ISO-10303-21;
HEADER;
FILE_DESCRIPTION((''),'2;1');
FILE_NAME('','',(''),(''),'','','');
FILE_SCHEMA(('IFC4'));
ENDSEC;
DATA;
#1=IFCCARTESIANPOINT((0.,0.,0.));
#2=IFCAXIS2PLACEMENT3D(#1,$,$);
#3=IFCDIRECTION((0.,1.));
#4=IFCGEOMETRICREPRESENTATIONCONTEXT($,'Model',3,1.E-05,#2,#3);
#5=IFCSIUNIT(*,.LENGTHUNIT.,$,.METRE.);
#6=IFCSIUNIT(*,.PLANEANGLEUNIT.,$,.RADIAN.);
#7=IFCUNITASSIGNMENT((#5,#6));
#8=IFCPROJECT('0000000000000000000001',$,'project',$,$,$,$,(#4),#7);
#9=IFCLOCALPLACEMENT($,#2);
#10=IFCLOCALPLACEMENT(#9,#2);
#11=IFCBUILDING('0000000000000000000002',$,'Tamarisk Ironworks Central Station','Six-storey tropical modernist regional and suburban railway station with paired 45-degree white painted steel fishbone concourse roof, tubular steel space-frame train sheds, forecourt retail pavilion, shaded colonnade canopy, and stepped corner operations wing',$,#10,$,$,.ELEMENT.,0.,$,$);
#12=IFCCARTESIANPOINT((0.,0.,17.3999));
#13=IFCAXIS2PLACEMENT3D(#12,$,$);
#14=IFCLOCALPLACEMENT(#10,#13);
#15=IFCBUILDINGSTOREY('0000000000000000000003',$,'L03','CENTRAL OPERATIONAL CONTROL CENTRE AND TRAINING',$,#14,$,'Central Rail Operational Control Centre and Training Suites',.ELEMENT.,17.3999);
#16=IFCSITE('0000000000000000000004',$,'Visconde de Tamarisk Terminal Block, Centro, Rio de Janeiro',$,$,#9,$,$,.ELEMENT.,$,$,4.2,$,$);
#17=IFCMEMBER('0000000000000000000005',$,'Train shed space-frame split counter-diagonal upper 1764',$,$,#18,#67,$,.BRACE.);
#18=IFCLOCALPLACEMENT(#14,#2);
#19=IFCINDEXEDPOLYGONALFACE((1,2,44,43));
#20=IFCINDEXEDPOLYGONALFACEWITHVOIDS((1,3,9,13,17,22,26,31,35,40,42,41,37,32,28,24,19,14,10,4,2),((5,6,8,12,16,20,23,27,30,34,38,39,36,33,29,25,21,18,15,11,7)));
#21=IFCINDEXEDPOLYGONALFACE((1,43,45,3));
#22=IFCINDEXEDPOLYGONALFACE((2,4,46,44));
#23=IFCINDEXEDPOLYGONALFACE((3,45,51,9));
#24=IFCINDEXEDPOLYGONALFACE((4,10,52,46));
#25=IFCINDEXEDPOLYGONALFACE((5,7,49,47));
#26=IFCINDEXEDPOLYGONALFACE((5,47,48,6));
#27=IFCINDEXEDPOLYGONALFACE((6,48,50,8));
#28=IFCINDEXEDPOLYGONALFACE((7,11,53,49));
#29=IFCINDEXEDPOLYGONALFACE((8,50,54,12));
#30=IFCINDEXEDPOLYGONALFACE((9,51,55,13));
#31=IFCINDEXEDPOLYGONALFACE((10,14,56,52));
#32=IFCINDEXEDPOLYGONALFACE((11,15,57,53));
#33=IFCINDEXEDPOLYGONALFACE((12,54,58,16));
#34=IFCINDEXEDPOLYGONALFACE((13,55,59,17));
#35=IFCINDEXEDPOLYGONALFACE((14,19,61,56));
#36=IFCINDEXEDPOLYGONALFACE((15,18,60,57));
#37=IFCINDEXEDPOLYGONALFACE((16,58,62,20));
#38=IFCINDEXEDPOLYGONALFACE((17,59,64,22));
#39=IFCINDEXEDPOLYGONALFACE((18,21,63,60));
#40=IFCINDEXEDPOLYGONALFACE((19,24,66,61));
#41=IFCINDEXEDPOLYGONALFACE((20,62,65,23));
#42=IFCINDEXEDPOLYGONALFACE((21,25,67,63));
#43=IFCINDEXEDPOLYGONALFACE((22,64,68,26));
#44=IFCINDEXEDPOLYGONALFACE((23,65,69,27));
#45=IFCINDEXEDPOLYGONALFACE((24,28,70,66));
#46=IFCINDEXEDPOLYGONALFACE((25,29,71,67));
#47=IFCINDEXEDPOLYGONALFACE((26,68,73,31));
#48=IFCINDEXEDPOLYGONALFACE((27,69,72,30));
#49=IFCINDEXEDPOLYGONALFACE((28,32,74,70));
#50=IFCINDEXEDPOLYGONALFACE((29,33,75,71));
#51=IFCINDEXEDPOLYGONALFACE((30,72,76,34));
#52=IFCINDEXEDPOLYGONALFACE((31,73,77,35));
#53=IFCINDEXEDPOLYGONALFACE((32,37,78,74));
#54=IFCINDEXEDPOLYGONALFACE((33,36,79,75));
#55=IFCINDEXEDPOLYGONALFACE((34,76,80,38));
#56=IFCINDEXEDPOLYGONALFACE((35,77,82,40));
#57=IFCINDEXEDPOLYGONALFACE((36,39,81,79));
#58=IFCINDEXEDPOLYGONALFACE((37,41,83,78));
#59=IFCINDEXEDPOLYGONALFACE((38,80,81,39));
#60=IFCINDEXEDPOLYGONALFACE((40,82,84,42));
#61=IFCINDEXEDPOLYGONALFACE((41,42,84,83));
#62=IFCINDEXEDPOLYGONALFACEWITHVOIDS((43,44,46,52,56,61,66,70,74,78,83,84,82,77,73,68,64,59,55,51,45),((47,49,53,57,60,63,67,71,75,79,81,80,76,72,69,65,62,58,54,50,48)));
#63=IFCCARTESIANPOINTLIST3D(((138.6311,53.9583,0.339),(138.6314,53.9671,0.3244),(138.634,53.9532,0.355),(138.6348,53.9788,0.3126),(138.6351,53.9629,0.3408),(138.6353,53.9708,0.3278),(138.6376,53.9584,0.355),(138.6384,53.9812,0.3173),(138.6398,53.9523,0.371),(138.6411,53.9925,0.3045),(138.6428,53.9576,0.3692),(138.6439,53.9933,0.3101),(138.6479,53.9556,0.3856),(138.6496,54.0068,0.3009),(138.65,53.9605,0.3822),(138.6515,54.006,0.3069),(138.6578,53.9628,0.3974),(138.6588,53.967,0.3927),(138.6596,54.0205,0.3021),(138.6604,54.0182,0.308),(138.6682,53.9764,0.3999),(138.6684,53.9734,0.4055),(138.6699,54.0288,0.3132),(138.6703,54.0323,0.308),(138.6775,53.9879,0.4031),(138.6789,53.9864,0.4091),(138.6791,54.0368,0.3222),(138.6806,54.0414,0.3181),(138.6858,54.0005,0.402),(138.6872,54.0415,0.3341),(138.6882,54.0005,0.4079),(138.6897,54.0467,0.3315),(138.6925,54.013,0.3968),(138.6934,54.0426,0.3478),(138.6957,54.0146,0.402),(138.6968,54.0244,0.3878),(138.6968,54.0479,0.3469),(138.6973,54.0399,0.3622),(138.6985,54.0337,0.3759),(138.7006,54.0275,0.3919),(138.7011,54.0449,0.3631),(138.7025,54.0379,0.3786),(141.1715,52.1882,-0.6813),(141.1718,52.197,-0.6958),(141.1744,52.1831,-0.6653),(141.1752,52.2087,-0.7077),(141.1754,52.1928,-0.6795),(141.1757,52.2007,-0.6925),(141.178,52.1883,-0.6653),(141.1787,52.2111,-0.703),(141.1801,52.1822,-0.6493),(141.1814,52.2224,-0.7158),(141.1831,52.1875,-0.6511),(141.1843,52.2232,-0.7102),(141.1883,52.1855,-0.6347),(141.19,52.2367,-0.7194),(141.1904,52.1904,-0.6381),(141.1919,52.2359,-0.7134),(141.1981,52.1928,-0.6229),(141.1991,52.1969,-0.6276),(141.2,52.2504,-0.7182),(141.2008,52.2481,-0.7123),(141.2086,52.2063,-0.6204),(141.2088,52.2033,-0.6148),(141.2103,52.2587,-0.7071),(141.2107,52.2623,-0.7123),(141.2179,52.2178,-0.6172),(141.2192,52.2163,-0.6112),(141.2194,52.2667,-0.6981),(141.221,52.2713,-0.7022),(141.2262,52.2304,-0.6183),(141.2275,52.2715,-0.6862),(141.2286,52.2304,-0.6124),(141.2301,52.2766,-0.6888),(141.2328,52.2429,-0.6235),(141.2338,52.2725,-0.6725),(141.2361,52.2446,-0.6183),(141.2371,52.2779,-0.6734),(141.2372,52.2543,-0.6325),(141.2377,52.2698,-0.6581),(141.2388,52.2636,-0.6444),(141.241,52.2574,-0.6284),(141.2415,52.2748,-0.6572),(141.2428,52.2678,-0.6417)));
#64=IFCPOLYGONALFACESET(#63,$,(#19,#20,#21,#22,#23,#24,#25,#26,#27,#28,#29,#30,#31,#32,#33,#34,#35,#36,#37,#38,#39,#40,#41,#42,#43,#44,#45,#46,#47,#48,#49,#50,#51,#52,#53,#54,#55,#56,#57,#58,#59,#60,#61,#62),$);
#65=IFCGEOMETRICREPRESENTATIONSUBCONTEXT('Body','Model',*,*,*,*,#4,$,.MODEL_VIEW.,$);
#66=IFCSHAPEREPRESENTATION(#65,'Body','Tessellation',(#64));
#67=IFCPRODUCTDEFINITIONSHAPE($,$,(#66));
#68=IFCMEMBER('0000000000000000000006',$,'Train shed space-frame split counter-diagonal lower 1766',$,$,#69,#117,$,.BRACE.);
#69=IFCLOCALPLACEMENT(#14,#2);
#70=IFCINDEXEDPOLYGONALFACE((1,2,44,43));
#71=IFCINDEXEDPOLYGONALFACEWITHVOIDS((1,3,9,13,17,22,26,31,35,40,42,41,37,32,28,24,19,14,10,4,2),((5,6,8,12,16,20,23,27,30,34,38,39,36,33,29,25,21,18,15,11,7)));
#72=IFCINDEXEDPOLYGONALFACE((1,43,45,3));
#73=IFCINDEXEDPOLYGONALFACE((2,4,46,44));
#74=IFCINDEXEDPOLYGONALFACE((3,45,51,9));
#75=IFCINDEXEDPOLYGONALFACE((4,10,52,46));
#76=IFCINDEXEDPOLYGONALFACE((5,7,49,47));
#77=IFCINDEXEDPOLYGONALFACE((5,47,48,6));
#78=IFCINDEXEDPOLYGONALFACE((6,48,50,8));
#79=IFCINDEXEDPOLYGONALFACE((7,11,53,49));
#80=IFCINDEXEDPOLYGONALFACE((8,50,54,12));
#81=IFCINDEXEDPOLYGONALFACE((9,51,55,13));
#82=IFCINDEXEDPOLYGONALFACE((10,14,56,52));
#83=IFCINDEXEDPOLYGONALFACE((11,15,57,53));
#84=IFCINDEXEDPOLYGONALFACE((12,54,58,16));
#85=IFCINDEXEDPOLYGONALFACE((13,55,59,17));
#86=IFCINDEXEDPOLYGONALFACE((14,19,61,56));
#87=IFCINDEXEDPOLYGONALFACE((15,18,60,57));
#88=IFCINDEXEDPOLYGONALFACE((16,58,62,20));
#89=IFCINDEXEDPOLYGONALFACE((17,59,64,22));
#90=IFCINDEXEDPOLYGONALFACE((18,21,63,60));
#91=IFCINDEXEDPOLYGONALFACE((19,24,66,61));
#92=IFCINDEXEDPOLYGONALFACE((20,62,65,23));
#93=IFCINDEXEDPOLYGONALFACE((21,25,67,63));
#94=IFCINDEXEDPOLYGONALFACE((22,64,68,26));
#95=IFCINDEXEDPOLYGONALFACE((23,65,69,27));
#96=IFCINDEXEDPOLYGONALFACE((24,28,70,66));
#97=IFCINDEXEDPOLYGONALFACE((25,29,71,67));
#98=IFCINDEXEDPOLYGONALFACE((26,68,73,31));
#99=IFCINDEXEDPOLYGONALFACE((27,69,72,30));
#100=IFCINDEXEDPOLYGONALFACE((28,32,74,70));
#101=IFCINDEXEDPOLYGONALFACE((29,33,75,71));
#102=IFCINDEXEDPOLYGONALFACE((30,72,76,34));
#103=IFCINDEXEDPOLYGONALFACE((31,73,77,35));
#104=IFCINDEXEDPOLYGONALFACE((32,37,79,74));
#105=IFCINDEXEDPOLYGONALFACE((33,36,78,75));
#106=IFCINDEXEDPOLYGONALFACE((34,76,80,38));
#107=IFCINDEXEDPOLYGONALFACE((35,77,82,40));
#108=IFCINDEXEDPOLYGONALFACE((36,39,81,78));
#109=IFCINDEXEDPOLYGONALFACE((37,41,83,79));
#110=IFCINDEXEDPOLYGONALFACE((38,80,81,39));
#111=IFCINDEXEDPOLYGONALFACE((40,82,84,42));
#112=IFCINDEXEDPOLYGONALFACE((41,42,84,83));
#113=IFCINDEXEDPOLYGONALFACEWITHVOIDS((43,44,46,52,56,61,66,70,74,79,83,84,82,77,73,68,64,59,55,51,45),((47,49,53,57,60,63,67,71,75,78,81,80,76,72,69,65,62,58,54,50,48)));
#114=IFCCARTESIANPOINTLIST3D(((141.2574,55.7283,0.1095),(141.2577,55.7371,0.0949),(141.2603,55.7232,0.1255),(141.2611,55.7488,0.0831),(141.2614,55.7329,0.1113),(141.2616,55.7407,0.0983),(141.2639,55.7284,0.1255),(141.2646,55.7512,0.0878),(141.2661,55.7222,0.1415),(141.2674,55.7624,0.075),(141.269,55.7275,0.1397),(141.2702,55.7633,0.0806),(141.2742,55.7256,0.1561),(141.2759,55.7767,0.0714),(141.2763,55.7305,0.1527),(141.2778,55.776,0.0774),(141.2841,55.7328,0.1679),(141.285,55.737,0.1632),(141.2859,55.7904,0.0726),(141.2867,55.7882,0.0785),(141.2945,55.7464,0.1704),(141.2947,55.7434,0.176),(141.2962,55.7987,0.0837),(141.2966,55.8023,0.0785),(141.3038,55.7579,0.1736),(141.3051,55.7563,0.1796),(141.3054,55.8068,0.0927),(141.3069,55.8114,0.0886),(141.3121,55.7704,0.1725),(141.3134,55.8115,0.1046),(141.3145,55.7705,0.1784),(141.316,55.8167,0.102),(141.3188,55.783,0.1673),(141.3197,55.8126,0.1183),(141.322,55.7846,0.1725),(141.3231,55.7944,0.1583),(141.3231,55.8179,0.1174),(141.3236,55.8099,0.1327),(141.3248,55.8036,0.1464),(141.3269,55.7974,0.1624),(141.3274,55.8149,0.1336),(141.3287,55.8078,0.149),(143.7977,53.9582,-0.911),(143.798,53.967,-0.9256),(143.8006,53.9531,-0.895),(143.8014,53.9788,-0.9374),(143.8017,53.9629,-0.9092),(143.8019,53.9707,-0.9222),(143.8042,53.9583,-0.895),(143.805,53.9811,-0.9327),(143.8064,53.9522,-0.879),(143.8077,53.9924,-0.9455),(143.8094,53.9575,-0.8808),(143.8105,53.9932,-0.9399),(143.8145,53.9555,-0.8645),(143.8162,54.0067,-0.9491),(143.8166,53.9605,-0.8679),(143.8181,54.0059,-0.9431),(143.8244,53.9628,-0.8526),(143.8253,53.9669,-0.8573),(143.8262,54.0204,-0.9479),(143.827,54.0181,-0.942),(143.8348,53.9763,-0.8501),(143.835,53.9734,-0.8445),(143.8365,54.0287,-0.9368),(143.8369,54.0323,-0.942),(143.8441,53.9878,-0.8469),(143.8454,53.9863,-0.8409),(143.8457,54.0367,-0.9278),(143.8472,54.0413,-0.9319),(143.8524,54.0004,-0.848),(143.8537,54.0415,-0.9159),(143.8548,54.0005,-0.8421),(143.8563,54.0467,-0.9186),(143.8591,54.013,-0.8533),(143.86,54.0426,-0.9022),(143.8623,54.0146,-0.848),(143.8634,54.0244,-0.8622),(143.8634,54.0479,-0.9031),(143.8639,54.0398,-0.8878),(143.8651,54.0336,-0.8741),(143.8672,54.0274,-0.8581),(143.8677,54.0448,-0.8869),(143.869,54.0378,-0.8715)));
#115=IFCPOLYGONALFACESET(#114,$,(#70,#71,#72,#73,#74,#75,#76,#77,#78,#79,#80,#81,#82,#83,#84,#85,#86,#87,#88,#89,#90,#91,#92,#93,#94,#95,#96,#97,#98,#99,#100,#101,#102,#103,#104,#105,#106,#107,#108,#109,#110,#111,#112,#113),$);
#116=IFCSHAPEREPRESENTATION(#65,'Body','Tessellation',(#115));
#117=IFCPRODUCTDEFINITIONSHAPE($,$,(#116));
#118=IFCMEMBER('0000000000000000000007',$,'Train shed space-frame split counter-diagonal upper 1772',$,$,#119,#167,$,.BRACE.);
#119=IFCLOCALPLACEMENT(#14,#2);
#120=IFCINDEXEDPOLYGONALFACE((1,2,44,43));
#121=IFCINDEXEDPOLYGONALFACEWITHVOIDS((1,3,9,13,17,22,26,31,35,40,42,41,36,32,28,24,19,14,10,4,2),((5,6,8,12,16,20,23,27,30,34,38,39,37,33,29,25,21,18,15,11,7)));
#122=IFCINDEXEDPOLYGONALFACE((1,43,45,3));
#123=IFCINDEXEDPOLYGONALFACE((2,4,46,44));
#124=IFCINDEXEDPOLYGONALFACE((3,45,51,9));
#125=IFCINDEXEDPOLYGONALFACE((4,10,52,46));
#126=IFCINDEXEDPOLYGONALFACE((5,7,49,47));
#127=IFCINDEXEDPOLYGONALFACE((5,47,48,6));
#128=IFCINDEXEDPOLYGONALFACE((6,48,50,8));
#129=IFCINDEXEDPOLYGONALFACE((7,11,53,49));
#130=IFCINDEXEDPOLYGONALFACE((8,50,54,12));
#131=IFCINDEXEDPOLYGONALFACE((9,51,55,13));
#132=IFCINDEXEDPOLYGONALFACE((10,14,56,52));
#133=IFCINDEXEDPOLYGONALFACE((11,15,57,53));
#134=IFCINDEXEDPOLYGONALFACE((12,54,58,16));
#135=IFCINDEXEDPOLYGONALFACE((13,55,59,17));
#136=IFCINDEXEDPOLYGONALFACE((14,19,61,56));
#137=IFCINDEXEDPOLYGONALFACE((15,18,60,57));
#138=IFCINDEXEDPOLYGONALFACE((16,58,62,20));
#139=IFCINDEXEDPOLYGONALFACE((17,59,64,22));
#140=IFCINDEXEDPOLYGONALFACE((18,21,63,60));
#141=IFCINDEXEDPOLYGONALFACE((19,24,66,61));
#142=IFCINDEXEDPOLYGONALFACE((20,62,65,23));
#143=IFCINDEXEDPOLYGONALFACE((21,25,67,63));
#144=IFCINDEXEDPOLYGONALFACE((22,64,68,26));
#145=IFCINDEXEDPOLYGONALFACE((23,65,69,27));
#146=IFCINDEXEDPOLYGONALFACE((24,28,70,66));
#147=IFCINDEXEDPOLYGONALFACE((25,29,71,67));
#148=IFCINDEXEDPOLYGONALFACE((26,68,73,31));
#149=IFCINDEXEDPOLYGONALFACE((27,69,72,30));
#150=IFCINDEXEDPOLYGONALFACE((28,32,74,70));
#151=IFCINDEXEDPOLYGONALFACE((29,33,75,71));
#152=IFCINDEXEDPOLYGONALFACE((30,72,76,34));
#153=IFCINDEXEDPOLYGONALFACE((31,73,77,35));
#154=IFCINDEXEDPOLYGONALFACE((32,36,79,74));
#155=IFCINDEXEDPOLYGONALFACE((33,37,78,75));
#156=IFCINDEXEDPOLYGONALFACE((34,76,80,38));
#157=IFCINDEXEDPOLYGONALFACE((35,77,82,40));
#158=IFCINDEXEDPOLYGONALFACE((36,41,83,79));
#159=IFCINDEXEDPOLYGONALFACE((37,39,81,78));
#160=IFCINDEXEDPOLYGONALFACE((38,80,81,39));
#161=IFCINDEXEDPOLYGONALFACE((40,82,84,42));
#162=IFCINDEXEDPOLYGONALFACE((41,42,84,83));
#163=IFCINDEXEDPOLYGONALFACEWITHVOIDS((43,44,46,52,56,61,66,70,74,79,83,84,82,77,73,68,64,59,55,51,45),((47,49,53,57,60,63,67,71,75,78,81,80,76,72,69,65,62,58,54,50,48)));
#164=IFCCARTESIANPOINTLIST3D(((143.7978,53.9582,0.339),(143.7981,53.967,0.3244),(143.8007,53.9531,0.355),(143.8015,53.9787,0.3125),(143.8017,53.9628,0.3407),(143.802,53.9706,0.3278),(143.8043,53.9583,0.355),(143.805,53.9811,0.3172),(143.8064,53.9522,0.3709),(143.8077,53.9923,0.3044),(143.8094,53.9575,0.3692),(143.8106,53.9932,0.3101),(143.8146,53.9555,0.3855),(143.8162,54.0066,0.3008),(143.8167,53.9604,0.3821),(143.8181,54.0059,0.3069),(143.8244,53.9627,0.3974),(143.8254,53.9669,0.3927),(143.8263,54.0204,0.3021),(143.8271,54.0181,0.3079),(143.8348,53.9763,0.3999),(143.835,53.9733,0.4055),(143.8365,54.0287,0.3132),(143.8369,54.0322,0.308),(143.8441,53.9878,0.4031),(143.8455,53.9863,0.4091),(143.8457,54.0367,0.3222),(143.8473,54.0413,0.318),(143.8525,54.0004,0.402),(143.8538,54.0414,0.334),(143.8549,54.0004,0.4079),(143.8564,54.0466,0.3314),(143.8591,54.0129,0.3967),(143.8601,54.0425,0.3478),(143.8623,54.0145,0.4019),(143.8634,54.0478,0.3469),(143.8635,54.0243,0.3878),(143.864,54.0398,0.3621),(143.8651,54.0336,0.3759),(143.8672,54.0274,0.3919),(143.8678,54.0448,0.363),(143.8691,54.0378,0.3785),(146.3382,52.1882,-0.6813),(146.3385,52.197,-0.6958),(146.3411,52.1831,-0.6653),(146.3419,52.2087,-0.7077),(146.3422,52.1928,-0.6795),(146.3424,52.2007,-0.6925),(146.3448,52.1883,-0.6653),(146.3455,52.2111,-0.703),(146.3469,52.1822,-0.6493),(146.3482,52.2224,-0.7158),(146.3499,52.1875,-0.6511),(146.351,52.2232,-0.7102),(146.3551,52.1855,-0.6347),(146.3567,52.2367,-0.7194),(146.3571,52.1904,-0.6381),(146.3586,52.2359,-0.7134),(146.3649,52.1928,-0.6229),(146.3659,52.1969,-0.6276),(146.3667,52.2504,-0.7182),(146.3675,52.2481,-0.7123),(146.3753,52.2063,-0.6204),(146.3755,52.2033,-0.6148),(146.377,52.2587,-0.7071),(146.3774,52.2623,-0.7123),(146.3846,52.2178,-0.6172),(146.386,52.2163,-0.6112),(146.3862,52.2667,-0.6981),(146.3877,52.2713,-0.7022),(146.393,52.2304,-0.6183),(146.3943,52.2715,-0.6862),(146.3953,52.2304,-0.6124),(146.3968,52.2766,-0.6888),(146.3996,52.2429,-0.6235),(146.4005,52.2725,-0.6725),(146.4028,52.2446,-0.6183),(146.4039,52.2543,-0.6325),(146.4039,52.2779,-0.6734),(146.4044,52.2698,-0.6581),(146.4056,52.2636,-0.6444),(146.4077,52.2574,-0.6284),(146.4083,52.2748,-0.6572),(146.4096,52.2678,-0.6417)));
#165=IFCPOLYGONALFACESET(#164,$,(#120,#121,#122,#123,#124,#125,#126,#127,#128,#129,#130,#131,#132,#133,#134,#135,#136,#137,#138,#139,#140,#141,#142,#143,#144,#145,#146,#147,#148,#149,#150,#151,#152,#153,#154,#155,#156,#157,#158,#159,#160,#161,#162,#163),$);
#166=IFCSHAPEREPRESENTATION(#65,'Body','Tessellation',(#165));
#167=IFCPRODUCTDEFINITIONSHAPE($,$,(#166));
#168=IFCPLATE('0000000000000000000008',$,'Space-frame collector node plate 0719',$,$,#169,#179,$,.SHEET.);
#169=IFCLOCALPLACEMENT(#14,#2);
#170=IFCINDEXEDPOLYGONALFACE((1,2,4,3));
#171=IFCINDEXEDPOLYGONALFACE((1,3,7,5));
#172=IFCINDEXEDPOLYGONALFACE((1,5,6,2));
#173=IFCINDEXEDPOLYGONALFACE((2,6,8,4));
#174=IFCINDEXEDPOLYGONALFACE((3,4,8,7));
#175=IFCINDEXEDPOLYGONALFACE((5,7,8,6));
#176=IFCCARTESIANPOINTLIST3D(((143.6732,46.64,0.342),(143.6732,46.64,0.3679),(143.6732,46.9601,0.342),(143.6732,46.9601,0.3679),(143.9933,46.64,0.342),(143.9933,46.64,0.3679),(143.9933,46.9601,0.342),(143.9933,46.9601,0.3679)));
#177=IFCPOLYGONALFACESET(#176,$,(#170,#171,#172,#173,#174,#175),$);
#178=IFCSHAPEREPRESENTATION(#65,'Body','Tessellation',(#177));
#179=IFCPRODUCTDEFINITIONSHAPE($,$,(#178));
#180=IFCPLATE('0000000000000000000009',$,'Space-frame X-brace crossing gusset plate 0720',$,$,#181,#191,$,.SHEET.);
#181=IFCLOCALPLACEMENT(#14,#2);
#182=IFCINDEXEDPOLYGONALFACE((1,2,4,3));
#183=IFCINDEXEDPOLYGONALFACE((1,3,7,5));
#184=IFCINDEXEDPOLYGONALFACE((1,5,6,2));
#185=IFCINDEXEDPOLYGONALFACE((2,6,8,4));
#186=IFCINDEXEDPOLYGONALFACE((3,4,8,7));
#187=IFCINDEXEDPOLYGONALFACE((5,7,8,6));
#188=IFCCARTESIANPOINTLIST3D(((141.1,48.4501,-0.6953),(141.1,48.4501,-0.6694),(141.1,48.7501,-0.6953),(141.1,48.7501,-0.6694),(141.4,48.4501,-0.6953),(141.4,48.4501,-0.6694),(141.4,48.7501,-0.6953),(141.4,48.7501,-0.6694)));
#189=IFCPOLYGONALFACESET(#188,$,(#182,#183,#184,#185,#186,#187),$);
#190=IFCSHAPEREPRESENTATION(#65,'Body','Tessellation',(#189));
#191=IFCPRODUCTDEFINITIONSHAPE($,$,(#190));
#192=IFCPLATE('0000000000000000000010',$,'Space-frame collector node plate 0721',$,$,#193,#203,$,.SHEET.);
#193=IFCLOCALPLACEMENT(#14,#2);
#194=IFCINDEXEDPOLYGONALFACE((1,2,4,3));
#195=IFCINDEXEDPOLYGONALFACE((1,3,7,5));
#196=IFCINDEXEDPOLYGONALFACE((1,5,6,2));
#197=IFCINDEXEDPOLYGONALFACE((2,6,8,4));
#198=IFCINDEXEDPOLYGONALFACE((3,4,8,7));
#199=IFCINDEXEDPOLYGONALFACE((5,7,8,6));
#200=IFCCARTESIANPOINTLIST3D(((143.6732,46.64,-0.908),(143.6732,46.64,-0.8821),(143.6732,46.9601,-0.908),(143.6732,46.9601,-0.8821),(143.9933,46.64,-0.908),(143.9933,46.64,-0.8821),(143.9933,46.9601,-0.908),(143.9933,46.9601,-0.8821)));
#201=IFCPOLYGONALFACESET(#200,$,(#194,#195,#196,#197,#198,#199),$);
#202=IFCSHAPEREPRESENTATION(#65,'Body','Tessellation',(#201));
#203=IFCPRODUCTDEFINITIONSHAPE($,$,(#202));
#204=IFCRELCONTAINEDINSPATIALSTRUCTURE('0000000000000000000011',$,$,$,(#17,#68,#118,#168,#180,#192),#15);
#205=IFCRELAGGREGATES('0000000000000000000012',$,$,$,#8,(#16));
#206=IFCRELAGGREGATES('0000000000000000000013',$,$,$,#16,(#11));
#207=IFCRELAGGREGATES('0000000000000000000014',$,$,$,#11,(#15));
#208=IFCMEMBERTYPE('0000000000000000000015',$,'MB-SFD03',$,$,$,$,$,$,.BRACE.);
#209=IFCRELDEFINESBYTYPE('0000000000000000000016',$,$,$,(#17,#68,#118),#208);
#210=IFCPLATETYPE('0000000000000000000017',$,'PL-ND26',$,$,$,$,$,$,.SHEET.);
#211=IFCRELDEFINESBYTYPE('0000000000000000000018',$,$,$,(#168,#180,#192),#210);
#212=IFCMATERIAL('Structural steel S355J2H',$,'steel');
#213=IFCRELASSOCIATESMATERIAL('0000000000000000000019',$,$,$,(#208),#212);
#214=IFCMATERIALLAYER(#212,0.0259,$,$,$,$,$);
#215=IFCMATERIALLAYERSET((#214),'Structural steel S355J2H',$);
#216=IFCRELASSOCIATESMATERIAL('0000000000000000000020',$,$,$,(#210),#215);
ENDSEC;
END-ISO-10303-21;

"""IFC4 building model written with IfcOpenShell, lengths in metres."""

from ifc_helpers import new_model, si_unit, direction, frame, origin, origin_2d, place, context, subcontext, project, spatial, rectangle, hollow_circle, extrude, material, layer, layer_set, material_profile, profile_set, type_object, element, save


model = new_model("IFC4")

# Units and contexts
model_context = context("Model", 3, precision=1e-05, world=origin(), true_north=direction((0.0, 1.0)))
body_context = subcontext(model_context, "Body", "Model", "MODEL_VIEW")
ifc_project = project(units=[si_unit("LENGTHUNIT", "METRE"), si_unit("PLANEANGLEUNIT", "RADIAN")], contexts=[model_context])

# Site, building, storey
site_placement = place(None, origin())
site = spatial("IfcSite", under=ifc_project, at=site_placement, Name="Visconde de Tamarisk Terminal Block, Centro, Rio de Janeiro", CompositionType="ELEMENT", RefElevation=4.2)
building_placement = place(site_placement, origin())
building = spatial("IfcBuilding", under=site, at=building_placement, Name="Tamarisk Ironworks Central Station", Description="Six-storey tropical modernist regional and suburban railway station with paired 45-degree white painted steel fishbone concourse roof, tubular steel space-frame train sheds, forecourt retail pavilion, shaded colonnade canopy, and stepped corner operations wing", CompositionType="ELEMENT", ElevationOfRefHeight=0.0)
storey_placement = place(building_placement, frame((0.0, 0.0, 17.3999)))
storey = spatial("IfcBuildingStorey", under=building, at=storey_placement, Name="L03", Description="CENTRAL OPERATIONAL CONTROL CENTRE AND TRAINING", LongName="Central Rail Operational Control Centre and Training Suites", CompositionType="ELEMENT", Elevation=17.3999)

# Members
ifc_material_1 = material(Name="Structural steel S355J2H", Category="steel")
ifc_material_profile_1 = material_profile(ifc_material_1, hollow_circle(Radius=0.0571, WallThickness=0.0063, at=origin_2d()), Name="CHS 114.3x6.3")
ifc_profile_set_1 = profile_set([ifc_material_profile_1], Name="Structural steel S355J2H")
member_type_1 = type_object("IfcMemberType", Name="MB-SFD03", PredefinedType="BRACE", material=ifc_profile_set_1)
for number, where, z_axis, x_axis, name in (
    (1, (141.207, 52.23, -0.6653), (-0.779252, 0.542967, 0.312974), (-0.571688, -0.820471, 0.0), "Train shed space-frame split counter-diagonal upper 1764"),
    (2, (143.8333, 54.0, -0.895), (-0.779234, 0.542955, 0.313042), (-0.571688, -0.820471, 0.0), "Train shed space-frame split counter-diagonal lower 1766"),
    (3, (146.3738, 52.23, -0.6653), (-0.779281, 0.542936, 0.312956), (-0.571651, -0.820497, 0.0), "Train shed space-frame split counter-diagonal upper 1772"),
):
    element("IfcMember", number, at=place(storey_placement, frame(where, z_axis=z_axis, x_axis=x_axis)), inside=storey, type_object=member_type_1, Name=name, PredefinedType="BRACE", context=body_context, shape_type="SweptSolid", body=[
        extrude(hollow_circle(Radius=0.0571, WallThickness=0.0063, at=origin_2d()), origin(), (0.0, 0.0, 1.0), 3.26),
    ])

# Plates
ifc_layer = layer(ifc_material_1, 0.0259)
ifc_layer_set = layer_set([ifc_layer], Name="Structural steel S355J2H")
plate_type = type_object("IfcPlateType", Name="PL-ND26", PredefinedType="SHEET", material=ifc_layer_set)
plate_1_placement = place(storey_placement, frame((143.8333, 46.8, 0.342), z_axis=(0.0, 0.0, 1.0), x_axis=(1.0, 0.0, 0.0)))
element("IfcPlate", 4, at=plate_1_placement, inside=storey, type_object=plate_type, Name="Space-frame collector node plate 0719", PredefinedType="SHEET", context=body_context, shape_type="SweptSolid", body=[
    extrude(rectangle(XDim=0.3201, YDim=0.3201, at=origin_2d()), origin(), (0.0, 0.0, 1.0), 0.0259),
])
plate_2_placement = place(storey_placement, frame((141.25, 48.6001, -0.6953), z_axis=(0.0, 0.0, 1.0), x_axis=(1.0, 0.0, 0.0)))
element("IfcPlate", 5, at=plate_2_placement, inside=storey, type_object=plate_type, Name="Space-frame X-brace crossing gusset plate 0720", PredefinedType="SHEET", context=body_context, shape_type="SweptSolid", body=[
    extrude(rectangle(XDim=0.3, YDim=0.3, at=origin_2d()), origin(), (0.0, 0.0, 1.0), 0.0259),
])
for number, where, z_axis, x_axis, name in (
    (6, (143.8333, 46.8, -0.908), (0.0, 0.0, 1.0), (1.0, 0.0, 0.0), "Space-frame collector node plate 0721"),
):
    element("IfcPlate", number, at=place(storey_placement, frame(where, z_axis=z_axis, x_axis=x_axis)), inside=storey, type_object=plate_type, Name=name, PredefinedType="SHEET", context=body_context, shape_type="SweptSolid", body=[
        extrude(rectangle(XDim=0.3201, YDim=0.3201, at=origin_2d()), origin(), (0.0, 0.0, 1.0), 0.0259),
    ])

save(model, "model.ifc")
